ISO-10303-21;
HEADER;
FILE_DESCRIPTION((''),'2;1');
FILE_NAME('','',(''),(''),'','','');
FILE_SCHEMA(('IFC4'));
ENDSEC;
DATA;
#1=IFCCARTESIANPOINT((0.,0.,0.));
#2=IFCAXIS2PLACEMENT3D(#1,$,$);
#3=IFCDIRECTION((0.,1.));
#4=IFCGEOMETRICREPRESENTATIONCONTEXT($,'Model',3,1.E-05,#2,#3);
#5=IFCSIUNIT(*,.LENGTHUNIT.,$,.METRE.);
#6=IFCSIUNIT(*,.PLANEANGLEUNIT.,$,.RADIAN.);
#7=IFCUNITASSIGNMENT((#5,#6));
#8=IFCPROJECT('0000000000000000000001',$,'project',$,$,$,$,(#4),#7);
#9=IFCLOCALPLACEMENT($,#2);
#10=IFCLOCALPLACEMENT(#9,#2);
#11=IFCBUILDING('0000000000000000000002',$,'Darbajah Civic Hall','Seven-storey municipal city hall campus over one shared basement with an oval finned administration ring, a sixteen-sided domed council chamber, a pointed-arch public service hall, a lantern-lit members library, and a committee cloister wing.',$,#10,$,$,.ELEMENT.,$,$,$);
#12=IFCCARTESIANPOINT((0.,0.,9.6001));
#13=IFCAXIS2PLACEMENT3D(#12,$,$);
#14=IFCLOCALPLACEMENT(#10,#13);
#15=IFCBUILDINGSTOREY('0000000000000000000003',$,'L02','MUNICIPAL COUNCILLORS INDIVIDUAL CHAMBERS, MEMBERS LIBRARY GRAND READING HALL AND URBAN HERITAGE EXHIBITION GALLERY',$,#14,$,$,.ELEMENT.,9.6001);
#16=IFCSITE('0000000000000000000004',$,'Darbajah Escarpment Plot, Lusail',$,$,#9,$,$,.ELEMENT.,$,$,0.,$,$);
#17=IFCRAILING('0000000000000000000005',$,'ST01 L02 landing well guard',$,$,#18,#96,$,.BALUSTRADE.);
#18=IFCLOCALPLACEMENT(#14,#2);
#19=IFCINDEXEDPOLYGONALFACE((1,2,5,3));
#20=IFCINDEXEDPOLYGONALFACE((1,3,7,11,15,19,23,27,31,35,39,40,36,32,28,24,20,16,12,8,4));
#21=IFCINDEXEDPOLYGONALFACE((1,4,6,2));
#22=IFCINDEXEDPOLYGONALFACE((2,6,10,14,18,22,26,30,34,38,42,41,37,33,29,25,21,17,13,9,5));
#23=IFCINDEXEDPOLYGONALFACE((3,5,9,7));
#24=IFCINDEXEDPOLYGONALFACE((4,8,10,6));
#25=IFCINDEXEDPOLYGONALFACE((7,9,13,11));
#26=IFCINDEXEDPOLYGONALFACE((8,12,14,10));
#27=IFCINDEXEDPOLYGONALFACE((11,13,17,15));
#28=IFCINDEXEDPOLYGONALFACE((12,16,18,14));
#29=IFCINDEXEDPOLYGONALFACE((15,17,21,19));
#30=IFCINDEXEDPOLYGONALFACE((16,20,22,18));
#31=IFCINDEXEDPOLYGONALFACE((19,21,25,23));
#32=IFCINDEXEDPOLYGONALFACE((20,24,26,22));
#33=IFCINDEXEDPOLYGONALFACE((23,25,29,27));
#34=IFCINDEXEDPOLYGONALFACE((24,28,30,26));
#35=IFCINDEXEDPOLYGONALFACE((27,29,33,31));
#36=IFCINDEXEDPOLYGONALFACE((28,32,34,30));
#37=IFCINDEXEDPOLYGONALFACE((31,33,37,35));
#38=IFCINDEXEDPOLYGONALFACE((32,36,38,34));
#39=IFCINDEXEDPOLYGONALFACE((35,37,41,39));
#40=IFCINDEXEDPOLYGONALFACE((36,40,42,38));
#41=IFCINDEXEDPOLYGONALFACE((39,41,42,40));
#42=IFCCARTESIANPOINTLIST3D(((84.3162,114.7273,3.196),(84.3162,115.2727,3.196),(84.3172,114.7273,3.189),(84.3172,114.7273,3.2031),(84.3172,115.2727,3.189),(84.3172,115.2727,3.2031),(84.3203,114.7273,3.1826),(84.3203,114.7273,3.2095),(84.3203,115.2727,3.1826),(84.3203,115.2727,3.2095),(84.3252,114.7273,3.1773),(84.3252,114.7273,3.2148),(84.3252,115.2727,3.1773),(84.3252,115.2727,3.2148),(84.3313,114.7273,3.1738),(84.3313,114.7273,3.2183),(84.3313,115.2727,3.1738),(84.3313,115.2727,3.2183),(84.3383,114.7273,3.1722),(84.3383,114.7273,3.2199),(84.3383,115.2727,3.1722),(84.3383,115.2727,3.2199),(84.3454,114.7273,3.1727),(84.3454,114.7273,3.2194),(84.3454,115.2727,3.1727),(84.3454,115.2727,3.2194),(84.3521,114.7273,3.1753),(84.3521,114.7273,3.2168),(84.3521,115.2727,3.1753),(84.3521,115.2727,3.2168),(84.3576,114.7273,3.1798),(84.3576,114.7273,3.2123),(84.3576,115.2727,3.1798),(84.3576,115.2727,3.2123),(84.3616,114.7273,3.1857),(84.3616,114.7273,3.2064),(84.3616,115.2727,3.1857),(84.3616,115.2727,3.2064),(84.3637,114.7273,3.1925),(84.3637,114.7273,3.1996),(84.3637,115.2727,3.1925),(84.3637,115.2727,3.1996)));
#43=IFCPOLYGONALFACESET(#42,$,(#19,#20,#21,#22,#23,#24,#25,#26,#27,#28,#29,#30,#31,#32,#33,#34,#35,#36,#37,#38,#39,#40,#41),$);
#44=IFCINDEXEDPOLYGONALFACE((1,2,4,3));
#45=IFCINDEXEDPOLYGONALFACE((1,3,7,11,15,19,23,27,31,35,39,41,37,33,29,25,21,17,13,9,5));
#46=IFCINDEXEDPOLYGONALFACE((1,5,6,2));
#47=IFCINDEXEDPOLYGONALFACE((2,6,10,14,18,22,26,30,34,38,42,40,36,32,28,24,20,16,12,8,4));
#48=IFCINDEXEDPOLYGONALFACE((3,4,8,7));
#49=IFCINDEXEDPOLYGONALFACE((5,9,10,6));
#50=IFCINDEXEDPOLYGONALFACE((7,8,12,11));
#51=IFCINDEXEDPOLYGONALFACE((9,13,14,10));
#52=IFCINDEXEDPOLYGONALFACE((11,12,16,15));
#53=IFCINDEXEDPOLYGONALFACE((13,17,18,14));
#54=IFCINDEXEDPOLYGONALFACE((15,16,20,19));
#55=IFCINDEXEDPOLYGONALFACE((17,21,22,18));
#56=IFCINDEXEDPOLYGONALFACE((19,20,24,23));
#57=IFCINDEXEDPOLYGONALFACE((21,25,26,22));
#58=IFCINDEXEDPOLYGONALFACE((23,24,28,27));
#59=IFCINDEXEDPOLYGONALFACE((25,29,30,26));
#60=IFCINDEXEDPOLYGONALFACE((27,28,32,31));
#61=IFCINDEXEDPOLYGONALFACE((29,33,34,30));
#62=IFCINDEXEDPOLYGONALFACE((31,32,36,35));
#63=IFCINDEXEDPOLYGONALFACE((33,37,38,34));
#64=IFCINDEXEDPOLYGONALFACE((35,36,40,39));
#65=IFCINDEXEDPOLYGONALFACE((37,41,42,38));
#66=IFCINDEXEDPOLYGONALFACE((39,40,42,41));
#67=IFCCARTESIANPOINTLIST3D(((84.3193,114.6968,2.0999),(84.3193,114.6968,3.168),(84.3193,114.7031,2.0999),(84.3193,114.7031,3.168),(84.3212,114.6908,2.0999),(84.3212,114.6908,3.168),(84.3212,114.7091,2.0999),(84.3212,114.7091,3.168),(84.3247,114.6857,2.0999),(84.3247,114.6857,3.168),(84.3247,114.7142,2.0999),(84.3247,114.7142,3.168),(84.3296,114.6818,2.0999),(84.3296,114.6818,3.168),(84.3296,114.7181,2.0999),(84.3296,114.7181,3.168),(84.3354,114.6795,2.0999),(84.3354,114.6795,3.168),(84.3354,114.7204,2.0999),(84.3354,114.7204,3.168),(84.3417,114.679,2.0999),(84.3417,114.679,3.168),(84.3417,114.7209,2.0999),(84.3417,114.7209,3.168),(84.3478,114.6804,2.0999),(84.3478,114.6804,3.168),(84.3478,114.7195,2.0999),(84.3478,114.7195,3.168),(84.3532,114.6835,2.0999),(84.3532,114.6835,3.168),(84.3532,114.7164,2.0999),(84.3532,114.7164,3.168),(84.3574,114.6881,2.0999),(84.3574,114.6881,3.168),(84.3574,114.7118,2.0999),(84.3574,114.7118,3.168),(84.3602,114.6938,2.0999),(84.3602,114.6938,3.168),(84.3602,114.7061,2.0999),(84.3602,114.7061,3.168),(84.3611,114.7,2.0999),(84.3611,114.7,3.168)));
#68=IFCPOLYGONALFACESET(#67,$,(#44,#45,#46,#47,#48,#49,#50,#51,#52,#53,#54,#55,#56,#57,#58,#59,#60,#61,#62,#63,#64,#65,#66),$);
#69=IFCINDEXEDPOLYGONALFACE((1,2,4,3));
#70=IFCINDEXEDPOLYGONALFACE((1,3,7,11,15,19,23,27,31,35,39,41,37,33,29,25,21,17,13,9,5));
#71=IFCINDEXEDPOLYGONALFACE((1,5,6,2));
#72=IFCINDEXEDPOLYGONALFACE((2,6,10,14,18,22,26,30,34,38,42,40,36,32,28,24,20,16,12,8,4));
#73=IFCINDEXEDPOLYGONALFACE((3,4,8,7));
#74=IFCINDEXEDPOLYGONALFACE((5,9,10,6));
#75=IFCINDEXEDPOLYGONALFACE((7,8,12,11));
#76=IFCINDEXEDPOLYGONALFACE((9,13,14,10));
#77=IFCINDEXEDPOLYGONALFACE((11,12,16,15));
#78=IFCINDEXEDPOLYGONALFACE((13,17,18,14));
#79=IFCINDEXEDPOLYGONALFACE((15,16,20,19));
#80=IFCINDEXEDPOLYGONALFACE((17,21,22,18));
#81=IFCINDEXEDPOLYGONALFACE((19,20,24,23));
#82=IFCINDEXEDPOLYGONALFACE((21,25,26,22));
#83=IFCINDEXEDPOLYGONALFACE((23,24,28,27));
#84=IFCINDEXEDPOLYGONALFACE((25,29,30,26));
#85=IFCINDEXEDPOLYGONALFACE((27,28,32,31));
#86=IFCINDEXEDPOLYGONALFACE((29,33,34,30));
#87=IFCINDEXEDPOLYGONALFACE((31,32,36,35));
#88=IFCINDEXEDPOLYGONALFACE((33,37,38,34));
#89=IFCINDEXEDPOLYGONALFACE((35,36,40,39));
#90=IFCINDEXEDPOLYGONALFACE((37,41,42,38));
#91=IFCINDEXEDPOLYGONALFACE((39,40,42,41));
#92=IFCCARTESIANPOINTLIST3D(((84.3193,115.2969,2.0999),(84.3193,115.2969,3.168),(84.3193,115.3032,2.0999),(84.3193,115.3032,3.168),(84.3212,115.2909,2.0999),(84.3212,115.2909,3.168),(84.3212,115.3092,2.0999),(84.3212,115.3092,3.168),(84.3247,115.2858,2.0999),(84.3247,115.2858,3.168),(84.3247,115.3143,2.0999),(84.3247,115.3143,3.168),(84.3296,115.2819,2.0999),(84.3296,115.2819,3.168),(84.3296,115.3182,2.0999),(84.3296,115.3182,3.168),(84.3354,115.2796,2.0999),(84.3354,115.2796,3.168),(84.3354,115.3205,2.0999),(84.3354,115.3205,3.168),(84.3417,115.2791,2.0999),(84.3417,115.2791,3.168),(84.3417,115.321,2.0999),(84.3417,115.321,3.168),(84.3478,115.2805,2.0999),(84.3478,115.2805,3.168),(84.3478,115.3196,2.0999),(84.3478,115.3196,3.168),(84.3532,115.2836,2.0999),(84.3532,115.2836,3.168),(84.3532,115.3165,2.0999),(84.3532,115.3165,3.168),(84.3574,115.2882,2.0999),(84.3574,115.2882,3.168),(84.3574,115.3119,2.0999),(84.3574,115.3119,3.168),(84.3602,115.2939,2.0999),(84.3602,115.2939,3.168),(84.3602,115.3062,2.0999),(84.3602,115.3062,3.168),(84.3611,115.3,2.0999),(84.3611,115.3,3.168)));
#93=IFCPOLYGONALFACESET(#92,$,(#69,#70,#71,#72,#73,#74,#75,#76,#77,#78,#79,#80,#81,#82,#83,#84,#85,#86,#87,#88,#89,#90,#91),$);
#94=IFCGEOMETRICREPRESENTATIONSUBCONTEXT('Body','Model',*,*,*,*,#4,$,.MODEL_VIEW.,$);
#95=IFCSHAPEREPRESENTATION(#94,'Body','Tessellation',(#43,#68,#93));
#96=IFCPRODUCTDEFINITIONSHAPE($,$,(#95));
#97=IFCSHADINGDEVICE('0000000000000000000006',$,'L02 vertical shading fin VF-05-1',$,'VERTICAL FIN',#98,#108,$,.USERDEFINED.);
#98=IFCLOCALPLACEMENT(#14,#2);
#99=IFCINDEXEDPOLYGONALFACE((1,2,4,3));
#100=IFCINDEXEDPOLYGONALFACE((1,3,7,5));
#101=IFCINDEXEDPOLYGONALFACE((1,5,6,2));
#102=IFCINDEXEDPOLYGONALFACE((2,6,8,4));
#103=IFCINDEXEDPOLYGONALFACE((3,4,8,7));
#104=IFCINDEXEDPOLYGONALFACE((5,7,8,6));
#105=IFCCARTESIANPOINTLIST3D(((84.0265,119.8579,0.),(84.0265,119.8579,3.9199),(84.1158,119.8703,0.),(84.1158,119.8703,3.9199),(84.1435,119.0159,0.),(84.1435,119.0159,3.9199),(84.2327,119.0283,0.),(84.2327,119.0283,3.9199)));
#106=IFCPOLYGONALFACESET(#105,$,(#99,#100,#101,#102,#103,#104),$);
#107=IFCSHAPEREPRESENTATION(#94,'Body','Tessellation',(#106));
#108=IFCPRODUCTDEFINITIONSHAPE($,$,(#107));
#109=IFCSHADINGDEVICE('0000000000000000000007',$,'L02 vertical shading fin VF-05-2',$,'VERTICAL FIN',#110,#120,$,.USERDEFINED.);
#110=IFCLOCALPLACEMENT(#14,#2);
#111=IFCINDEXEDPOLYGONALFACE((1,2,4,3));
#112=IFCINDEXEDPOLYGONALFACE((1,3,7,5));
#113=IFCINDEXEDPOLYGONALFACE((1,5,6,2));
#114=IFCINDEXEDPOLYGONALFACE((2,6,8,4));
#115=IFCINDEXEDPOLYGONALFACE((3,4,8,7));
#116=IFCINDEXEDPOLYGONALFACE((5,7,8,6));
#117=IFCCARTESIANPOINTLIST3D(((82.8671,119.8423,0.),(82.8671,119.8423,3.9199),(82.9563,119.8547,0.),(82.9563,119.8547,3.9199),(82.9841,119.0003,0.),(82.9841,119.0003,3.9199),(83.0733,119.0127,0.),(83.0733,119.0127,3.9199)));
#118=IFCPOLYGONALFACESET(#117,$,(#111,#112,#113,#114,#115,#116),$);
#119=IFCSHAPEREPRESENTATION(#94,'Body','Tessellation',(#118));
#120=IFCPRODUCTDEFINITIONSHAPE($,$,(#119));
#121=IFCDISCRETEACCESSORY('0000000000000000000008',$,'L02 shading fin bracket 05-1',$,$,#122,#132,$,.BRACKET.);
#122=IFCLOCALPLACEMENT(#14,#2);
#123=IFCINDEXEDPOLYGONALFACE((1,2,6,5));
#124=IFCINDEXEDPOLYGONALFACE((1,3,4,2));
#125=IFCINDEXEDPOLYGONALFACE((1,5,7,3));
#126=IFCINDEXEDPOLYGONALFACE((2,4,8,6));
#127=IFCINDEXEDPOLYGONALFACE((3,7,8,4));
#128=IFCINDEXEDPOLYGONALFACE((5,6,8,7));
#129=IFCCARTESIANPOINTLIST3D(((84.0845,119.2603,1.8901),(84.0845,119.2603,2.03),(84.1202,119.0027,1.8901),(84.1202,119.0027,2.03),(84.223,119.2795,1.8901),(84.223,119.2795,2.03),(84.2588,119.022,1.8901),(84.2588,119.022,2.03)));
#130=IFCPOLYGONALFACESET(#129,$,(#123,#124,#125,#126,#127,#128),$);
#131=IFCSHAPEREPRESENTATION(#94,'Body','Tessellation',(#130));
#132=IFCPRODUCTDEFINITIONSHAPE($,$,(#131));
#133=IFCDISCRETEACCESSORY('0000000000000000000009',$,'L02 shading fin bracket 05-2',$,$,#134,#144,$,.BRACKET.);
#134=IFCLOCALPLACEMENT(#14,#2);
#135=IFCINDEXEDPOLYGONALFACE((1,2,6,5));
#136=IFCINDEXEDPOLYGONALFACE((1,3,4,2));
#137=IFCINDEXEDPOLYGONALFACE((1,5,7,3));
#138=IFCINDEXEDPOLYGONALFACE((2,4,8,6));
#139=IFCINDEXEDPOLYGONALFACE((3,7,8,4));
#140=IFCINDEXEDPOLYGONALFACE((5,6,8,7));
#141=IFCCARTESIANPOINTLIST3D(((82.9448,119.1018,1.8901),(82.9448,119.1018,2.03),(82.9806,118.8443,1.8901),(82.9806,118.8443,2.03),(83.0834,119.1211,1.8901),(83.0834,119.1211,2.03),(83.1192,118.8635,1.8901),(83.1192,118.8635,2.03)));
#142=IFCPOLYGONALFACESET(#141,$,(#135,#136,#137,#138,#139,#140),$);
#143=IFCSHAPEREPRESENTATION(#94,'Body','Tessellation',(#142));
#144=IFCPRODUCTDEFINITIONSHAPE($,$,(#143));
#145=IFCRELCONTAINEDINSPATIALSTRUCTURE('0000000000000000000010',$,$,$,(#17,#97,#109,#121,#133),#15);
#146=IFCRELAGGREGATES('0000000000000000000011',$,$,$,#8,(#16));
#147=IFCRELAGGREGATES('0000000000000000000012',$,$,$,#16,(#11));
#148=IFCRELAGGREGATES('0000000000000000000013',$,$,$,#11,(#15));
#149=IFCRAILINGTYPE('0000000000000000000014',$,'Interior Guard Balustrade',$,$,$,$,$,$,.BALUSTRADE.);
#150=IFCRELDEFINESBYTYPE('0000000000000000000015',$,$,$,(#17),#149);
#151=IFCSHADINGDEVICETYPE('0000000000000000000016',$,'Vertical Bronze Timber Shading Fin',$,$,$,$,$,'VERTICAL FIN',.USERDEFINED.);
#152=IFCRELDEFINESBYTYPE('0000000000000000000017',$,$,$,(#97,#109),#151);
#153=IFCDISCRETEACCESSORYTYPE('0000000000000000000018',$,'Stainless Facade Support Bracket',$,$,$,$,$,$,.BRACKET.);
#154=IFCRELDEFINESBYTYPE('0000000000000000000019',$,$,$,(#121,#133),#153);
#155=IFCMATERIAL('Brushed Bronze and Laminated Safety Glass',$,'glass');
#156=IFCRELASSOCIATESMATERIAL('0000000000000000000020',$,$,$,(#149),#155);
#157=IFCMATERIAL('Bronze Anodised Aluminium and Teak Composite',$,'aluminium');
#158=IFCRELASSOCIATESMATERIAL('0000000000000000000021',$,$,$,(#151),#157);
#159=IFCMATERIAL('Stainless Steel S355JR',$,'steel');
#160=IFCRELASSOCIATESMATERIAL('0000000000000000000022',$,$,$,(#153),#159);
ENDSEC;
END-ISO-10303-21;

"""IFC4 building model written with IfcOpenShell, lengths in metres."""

from ifc_helpers import new_model, si_unit, direction, frame, origin, origin_2d, place, context, subcontext, project, spatial, rectangle, circle, extrude, material, type_object, element, save


model = new_model("IFC4")

# Units and contexts
model_context = context("Model", 3, precision=1e-05, world=origin(), true_north=direction((0.0, 1.0)))
body_context = subcontext(model_context, "Body", "Model", "MODEL_VIEW")
ifc_project = project(units=[si_unit("LENGTHUNIT", "METRE"), si_unit("PLANEANGLEUNIT", "RADIAN")], contexts=[model_context])

# Site, building, storey
site_placement = place(None, origin())
site = spatial("IfcSite", under=ifc_project, at=site_placement, Name="Darbajah Escarpment Plot, Lusail", CompositionType="ELEMENT", RefElevation=0.0)
building_placement = place(site_placement, origin())
building = spatial("IfcBuilding", under=site, at=building_placement, Name="Darbajah Civic Hall", Description="Seven-storey municipal city hall campus over one shared basement with an oval finned administration ring, a sixteen-sided domed council chamber, a pointed-arch public service hall, a lantern-lit members library, and a committee cloister wing.", CompositionType="ELEMENT")
storey_placement = place(building_placement, frame((0.0, 0.0, 9.6001)))
storey = spatial("IfcBuildingStorey", under=building, at=storey_placement, Name="L02", Description="MUNICIPAL COUNCILLORS INDIVIDUAL CHAMBERS, MEMBERS LIBRARY GRAND READING HALL AND URBAN HERITAGE EXHIBITION GALLERY", CompositionType="ELEMENT", Elevation=9.6001)

# Railing
ifc_material_1 = material(Name="Brushed Bronze and Laminated Safety Glass", Category="glass")
railing_type_1 = type_object("IfcRailingType", Name="Interior Guard Balustrade", PredefinedType="BALUSTRADE", material=ifc_material_1)
railing_1_placement = place(storey_placement, frame((84.3401, 114.7, 2.0999)))
element("IfcRailing", 1, at=railing_1_placement, inside=storey, type_object=railing_type_1, Name="ST01 L02 landing well guard", PredefinedType="BALUSTRADE", context=body_context, shape_type="SweptSolid", body=[
    extrude(circle(Radius=0.0239, at=origin_2d()), frame((0.0, 0.0273, 1.0962), z_axis=(0.0, 1.0, 0.0), x_axis=(-1.0, 0.0, 0.0)), (0.0, 0.0, 1.0), 0.5454),
    extrude(circle(Radius=0.021, at=origin_2d()), origin(), (0.0, 0.0, 1.0), 1.0681),
    extrude(circle(Radius=0.021, at=origin_2d()), frame((0.0, 0.6001, 0.0)), (0.0, 0.0, 1.0), 1.0681),
])

# Shading devices
ifc_material_2 = material(Name="Bronze Anodised Aluminium and Teak Composite", Category="aluminium")
shading_device_type = type_object("IfcShadingDeviceType", Name="Vertical Bronze Timber Shading Fin", ElementType="VERTICAL FIN", PredefinedType="USERDEFINED", material=ifc_material_2)
for number, where, z_axis, x_axis, name in (
    (2, (84.1296, 119.4431, 0.0), (0.0, 0.0, 1.0), (-0.137617, 0.990485, 0.0), "L02 vertical shading fin VF-05-1"),
    (3, (82.9702, 119.4275, 0.0), (0.0, 0.0, 1.0), (-0.137617, 0.990485, 0.0), "L02 vertical shading fin VF-05-2"),
):
    element("IfcShadingDevice", number, at=place(storey_placement, frame(where, z_axis=z_axis, x_axis=x_axis)), inside=storey, type_object=shading_device_type, Name=name, ObjectType="VERTICAL FIN", PredefinedType="USERDEFINED", context=body_context, shape_type="SweptSolid", body=[
        extrude(rectangle(XDim=0.8501, YDim=0.0901, at=origin_2d()), origin(), (0.0, 0.0, 1.0), 3.9199),
    ])

# Discrete accessories
ifc_material_3 = material(Name="Stainless Steel S355JR", Category="steel")
discrete_accessory_type = type_object("IfcDiscreteAccessoryType", Name="Stainless Facade Support Bracket", PredefinedType="BRACKET", material=ifc_material_3)
for number, where, z_axis, x_axis, name in (
    (4, (84.1716, 119.1411, 1.8901), (0.0, 0.0, 1.0), (-0.137617, 0.990485, 0.0), "L02 shading fin bracket 05-1"),
    (5, (83.032, 118.9827, 1.8901), (0.0, 0.0, 1.0), (-0.137617, 0.990485, 0.0), "L02 shading fin bracket 05-2"),
):
    element("IfcDiscreteAccessory", number, at=place(storey_placement, frame(where, z_axis=z_axis, x_axis=x_axis)), inside=storey, type_object=discrete_accessory_type, Name=name, PredefinedType="BRACKET", context=body_context, shape_type="SweptSolid", body=[
        extrude(rectangle(XDim=0.26, YDim=0.1399, at=origin_2d()), origin(), (0.0, 0.0, 1.0), 0.1399),
    ])

save(model, "model.ifc")
